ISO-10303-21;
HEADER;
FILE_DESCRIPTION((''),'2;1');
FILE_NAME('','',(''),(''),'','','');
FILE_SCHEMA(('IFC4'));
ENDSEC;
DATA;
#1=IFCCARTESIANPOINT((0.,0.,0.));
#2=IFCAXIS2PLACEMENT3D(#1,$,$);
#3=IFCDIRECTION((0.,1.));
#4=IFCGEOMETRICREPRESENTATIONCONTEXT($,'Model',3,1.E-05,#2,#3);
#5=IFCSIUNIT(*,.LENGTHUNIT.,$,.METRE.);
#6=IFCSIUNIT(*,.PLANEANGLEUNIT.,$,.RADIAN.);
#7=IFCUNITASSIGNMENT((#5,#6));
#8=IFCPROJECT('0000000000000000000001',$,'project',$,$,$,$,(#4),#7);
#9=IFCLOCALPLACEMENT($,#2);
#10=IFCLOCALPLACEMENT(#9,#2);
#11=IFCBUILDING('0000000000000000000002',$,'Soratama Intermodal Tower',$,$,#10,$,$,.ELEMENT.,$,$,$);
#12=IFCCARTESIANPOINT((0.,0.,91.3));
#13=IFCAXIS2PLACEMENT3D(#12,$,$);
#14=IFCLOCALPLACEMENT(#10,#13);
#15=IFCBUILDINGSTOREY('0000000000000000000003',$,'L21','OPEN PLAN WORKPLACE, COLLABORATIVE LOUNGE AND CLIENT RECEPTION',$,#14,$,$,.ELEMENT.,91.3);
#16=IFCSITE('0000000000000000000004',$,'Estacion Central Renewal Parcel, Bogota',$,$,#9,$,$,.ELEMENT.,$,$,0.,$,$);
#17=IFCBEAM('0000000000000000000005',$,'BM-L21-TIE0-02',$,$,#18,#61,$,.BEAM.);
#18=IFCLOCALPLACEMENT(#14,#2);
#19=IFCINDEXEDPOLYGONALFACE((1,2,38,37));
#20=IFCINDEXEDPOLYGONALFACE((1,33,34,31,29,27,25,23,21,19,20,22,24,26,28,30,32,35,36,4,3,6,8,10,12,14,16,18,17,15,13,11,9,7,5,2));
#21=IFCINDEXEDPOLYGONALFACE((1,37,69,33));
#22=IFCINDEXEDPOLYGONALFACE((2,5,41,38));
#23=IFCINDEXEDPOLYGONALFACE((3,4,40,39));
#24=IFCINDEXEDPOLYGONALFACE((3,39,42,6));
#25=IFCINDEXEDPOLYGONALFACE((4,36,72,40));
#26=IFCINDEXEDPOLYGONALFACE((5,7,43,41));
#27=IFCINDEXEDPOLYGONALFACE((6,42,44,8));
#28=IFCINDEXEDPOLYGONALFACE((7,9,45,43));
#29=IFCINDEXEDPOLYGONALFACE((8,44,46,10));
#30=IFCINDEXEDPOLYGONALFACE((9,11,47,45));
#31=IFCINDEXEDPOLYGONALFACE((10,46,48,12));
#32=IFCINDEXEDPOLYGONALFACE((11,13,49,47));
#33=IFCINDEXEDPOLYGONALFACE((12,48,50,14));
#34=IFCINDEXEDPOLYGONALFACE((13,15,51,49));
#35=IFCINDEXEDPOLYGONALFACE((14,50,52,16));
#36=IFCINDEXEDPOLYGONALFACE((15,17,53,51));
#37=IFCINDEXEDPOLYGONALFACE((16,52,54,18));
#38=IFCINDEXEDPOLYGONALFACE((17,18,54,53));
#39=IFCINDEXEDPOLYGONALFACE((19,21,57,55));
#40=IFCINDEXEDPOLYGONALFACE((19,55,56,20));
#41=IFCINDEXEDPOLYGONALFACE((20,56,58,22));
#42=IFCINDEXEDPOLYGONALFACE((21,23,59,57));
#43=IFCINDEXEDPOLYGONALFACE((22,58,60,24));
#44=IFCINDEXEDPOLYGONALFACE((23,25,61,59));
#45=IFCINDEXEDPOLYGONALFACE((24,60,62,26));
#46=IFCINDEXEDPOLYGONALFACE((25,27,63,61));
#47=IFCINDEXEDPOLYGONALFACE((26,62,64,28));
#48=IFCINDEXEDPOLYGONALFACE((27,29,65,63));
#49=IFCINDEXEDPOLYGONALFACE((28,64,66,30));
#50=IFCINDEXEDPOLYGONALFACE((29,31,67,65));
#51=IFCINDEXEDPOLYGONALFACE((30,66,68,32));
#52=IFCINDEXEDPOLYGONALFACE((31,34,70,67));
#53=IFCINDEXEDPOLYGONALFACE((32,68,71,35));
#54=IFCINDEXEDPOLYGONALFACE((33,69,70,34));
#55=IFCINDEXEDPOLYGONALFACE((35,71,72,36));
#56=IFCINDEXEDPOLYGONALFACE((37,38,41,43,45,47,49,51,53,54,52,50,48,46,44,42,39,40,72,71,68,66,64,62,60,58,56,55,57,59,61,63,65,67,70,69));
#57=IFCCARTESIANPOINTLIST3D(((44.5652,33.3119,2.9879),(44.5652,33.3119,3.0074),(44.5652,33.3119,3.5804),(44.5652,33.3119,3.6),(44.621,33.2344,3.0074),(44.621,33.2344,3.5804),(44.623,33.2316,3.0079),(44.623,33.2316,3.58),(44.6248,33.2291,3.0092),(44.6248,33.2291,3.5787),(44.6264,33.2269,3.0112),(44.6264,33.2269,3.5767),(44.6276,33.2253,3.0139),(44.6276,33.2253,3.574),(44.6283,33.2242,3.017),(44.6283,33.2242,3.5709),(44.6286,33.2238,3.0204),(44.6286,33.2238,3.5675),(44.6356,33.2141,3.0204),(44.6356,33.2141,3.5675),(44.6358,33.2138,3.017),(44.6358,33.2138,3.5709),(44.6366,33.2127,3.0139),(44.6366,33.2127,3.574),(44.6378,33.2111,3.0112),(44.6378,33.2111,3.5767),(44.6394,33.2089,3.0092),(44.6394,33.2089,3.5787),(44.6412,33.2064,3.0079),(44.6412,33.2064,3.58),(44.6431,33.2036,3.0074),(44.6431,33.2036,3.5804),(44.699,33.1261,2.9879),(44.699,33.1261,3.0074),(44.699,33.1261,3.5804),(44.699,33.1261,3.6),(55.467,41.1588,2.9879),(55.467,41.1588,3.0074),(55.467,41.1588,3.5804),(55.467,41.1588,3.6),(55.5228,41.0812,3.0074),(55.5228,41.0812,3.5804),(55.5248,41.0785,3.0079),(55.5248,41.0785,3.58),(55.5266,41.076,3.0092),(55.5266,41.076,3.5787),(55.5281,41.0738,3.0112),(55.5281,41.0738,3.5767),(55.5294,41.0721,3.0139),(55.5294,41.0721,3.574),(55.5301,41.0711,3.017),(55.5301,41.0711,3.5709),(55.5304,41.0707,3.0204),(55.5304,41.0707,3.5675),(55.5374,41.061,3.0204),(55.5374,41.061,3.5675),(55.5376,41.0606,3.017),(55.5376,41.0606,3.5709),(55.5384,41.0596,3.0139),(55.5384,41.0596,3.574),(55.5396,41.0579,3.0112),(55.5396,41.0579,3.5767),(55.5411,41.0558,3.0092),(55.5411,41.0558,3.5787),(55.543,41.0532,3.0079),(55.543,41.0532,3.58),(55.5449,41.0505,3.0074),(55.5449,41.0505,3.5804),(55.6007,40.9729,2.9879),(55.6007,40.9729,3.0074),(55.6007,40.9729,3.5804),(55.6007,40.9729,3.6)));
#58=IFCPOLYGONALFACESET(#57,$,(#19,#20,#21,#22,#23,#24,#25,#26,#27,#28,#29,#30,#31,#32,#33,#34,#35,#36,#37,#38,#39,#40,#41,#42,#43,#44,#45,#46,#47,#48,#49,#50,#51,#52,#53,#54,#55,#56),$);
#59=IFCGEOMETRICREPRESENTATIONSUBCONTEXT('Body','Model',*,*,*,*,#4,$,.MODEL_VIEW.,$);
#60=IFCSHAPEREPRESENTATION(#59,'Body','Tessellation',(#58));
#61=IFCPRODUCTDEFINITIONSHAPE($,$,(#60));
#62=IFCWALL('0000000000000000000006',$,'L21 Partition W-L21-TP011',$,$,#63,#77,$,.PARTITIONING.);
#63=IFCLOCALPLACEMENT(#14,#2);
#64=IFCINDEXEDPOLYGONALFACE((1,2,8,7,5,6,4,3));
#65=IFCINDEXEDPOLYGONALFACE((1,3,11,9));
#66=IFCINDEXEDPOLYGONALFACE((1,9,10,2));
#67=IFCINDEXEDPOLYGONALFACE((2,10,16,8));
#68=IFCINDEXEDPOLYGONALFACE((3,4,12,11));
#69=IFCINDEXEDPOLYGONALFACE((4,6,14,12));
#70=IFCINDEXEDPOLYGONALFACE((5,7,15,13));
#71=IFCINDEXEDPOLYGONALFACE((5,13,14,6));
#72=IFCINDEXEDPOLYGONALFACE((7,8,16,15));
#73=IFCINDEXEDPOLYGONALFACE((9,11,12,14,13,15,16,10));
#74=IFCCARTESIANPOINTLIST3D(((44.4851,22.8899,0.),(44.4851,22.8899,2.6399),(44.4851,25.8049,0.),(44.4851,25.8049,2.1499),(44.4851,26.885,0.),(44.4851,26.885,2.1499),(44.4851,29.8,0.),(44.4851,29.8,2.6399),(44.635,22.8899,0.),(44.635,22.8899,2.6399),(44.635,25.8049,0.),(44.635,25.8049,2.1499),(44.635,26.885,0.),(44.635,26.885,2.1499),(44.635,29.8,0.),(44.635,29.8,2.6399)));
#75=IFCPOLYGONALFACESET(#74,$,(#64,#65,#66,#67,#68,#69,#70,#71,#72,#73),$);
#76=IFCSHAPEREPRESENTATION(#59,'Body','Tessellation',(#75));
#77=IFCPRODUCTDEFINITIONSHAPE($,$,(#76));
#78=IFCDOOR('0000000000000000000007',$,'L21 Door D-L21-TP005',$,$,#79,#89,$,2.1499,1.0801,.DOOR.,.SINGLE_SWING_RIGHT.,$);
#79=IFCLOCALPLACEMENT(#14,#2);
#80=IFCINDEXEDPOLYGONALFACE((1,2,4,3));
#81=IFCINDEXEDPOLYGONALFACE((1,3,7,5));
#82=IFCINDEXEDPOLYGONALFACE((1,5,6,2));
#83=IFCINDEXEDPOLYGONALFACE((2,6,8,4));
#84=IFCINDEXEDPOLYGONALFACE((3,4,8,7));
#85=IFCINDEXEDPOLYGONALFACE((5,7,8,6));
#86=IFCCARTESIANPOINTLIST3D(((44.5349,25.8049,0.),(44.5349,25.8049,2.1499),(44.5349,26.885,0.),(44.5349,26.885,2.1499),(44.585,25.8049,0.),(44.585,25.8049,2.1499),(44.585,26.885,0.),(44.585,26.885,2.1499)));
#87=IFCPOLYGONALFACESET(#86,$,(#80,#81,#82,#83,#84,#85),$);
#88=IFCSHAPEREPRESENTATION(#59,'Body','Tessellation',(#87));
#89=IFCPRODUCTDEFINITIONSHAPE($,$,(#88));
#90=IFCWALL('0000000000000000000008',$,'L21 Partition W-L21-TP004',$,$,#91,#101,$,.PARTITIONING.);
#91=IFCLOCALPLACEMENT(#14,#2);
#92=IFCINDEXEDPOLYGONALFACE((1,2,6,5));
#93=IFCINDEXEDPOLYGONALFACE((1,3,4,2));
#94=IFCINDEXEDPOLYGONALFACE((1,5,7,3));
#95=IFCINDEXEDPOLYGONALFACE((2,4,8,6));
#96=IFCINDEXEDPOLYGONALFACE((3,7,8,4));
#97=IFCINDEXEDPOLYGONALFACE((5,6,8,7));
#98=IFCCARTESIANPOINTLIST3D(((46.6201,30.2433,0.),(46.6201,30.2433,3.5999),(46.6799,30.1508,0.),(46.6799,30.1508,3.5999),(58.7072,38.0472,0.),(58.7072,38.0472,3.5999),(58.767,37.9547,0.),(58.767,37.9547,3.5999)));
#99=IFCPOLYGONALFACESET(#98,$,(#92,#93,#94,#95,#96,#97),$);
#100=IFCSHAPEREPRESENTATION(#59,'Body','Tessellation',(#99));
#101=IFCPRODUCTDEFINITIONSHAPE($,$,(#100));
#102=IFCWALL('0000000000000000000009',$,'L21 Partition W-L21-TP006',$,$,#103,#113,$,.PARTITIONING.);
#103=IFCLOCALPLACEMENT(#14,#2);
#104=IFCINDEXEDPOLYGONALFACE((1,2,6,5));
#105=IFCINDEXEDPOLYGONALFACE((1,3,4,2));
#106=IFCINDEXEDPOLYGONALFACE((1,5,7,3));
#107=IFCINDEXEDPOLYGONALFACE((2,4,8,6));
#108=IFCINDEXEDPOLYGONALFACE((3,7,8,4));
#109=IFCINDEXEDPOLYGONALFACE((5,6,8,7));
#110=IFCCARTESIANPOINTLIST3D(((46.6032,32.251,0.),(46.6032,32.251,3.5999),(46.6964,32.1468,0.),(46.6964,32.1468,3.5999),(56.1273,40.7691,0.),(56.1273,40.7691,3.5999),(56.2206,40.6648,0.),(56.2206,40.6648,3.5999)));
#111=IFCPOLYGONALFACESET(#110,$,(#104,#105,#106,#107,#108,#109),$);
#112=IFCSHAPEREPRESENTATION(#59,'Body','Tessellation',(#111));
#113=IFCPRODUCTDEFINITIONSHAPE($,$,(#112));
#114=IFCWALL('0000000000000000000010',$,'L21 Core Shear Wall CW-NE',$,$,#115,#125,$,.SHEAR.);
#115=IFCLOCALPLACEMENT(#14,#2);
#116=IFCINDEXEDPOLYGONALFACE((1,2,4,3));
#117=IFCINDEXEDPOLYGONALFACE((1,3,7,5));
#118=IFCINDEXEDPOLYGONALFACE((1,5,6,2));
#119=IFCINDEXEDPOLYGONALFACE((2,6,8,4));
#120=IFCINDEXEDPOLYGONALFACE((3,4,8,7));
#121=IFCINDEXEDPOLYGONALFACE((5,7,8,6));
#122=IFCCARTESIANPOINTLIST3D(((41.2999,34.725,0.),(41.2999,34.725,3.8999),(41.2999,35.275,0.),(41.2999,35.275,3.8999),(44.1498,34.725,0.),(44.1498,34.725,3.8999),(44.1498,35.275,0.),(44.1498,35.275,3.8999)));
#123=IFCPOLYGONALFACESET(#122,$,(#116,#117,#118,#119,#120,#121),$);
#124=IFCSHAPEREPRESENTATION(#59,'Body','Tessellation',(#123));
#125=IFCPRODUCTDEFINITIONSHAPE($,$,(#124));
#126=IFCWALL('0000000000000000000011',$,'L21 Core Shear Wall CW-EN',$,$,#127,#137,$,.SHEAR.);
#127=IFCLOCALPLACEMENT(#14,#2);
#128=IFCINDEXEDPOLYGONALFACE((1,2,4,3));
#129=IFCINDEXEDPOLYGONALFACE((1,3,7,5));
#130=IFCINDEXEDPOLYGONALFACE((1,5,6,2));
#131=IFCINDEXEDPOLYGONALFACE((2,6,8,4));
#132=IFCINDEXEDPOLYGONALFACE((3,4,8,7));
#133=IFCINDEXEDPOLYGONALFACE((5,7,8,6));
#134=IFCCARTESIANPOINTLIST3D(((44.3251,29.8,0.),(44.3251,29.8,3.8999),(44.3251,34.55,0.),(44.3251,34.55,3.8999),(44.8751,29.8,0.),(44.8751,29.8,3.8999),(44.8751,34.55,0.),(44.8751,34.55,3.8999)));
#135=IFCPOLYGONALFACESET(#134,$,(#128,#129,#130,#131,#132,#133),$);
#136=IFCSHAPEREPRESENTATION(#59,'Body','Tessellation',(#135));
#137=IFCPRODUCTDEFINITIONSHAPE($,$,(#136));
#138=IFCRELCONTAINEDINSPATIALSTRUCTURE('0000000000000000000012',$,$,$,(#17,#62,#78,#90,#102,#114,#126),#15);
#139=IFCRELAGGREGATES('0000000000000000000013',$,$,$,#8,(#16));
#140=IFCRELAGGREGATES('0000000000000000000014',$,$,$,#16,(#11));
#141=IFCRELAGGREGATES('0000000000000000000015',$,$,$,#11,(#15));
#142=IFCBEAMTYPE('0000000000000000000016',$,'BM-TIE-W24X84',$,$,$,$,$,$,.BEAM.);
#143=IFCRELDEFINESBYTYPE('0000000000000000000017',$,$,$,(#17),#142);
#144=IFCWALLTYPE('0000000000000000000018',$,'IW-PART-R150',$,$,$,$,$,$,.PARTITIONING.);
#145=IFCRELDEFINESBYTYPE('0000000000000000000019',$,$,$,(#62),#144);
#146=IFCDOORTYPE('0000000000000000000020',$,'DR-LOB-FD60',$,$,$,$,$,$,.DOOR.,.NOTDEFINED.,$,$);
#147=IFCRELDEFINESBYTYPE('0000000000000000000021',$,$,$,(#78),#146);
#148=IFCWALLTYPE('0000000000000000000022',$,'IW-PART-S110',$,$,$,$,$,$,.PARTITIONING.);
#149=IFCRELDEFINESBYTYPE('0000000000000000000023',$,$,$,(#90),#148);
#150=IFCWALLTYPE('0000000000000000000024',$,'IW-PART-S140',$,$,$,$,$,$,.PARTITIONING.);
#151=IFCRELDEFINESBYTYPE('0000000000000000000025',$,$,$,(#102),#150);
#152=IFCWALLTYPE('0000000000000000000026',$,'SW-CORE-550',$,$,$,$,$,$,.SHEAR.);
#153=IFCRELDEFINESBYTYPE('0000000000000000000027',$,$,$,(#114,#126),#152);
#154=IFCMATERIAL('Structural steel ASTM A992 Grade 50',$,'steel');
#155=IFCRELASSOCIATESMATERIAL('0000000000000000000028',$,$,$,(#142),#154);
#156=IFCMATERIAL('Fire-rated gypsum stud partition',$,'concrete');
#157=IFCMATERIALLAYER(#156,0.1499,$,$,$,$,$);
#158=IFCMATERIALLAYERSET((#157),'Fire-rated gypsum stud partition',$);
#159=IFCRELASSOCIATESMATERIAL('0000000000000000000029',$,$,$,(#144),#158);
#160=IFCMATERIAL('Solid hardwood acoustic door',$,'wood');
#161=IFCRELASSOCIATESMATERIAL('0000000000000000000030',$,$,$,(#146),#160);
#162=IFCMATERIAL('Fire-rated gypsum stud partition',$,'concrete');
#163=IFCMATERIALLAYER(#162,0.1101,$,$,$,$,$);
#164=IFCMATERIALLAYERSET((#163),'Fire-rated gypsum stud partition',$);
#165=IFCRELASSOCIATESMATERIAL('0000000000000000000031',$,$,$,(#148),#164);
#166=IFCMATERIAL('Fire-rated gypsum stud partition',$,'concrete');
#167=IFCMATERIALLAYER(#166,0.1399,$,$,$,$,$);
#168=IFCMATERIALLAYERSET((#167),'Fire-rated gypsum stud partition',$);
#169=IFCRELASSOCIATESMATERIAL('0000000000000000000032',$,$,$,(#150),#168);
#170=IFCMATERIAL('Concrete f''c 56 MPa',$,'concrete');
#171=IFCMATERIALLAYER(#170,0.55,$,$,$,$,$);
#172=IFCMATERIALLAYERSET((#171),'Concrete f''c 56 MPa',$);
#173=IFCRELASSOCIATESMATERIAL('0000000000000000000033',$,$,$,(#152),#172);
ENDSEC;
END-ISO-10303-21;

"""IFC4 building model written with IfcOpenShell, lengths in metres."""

from ifc_helpers import new_model, si_unit, direction, frame, frame_2d, origin, origin_2d, place, context, subcontext, project, spatial, rectangle, i_section, extrude, material, layer, layer_set, material_profile, profile_set, type_object, element, fill, save


model = new_model("IFC4")

# Units and contexts
model_context = context("Model", 3, precision=1e-05, world=origin(), true_north=direction((0.0, 1.0)))
body_context = subcontext(model_context, "Body", "Model", "MODEL_VIEW")
ifc_project = project(units=[si_unit("LENGTHUNIT", "METRE"), si_unit("PLANEANGLEUNIT", "RADIAN")], contexts=[model_context])

# Site, building, storey
site_placement = place(None, origin())
site = spatial("IfcSite", under=ifc_project, at=site_placement, Name="Estacion Central Renewal Parcel, Bogota", CompositionType="ELEMENT", RefElevation=0.0)
building_placement = place(site_placement, origin())
building = spatial("IfcBuilding", under=site, at=building_placement, Name="Soratama Intermodal Tower", CompositionType="ELEMENT")
storey_placement = place(building_placement, frame((0.0, 0.0, 91.3)))
storey = spatial("IfcBuildingStorey", under=building, at=storey_placement, Name="L21", Description="OPEN PLAN WORKPLACE, COLLABORATIVE LOUNGE AND CLIENT RECEPTION", CompositionType="ELEMENT", Elevation=91.3)

# Beam
ifc_material_1 = material(Name="Structural steel ASTM A992 Grade 50", Category="steel")
ifc_material_profile_1 = material_profile(ifc_material_1, i_section(OverallWidth=0.229, OverallDepth=0.6121, WebThickness=0.012, FlangeThickness=0.0195, FilletRadius=0.0129, at=origin_2d()), Name="W24X84")
ifc_profile_set_1 = profile_set([ifc_material_profile_1], Name="Structural steel ASTM A992 Grade 50")
beam_type_1 = type_object("IfcBeamType", Name="BM-TIE-W24X84", PredefinedType="BEAM", material=ifc_profile_set_1)
beam_1_placement = place(storey_placement, frame((44.6321, 33.219, 3.2939), z_axis=(0.811619, 0.584186, 0.0), x_axis=(-0.584186, 0.811619, 0.0)))
element("IfcBeam", 1, at=beam_1_placement, inside=storey, type_object=beam_type_1, Name="BM-L21-TIE0-02", PredefinedType="BEAM", context=body_context, shape_type="SweptSolid", body=[
    extrude(i_section(OverallWidth=0.229, OverallDepth=0.6121, WebThickness=0.012, FlangeThickness=0.0195, FilletRadius=0.0129, at=origin_2d()), origin(), (0.0, 0.0, 1.0), 13.4321),
])

# Wall, opening, door
ifc_material_2 = material(Name="Fire-rated gypsum stud partition", Category="concrete")
ifc_layer_1 = layer(ifc_material_2, 0.1499)
ifc_layer_set_1 = layer_set([ifc_layer_1], Name="Fire-rated gypsum stud partition")
wall_type_1 = type_object("IfcWallType", Name="IW-PART-R150", PredefinedType="PARTITIONING", material=ifc_layer_set_1)
wall_1_placement = place(storey_placement, frame((44.5601, 29.8, 0.0), z_axis=(0.0, 0.0, 1.0), x_axis=(0.0, -1.0, 0.0)))
wall_1 = element("IfcWall", 2, at=wall_1_placement, inside=storey, type_object=wall_type_1, Name="L21 Partition W-L21-TP011", PredefinedType="PARTITIONING", context=body_context, shape_type="SweptSolid", body=[
    extrude(rectangle(XDim=6.9102, YDim=0.1499, at=frame_2d((3.4551, 0.0))), origin(), (0.0, 0.0, 1.0), 2.6399),
])
opening_1_placement = place(wall_1_placement, frame((2.915, 0.0, 0.0)))
opening_1 = element("IfcOpeningElement", 3, at=opening_1_placement, cuts=wall_1, PredefinedType="OPENING", context=body_context, shape_type="SweptSolid", body=[
    extrude(rectangle(XDim=1.0801, YDim=2.1499, at=frame_2d((0.54, 1.075))), frame((0.0, 0.085, 0.0), z_axis=(0.0, -1.0, 0.0), x_axis=(1.0, 0.0, 0.0)), (0.0, 0.0, 1.0), 0.1699),
])
ifc_material_3 = material(Name="Solid hardwood acoustic door", Category="wood")
door_type_1 = type_object("IfcDoorType", Name="DR-LOB-FD60", OperationType="NOTDEFINED", PredefinedType="DOOR", material=ifc_material_3)
door_1_placement = place(opening_1_placement, origin())
door_1 = element("IfcDoor", 4, at=door_1_placement, inside=storey, type_object=door_type_1, Name="L21 Door D-L21-TP005", OperationType="SINGLE_SWING_RIGHT", OverallHeight=2.1499, OverallWidth=1.0801, PredefinedType="DOOR", context=body_context, shape_type="SweptSolid", body=[
    extrude(rectangle(XDim=1.0801, YDim=2.1499, at=frame_2d((0.54, 1.075))), frame((0.0, 0.0249, 0.0), z_axis=(0.0, -1.0, 0.0), x_axis=(1.0, 0.0, 0.0)), (0.0, 0.0, 1.0), 0.05),
])
fill(opening_1, door_1)

# Walls
ifc_material_4 = material(Name="Fire-rated gypsum stud partition", Category="concrete")
ifc_layer_2 = layer(ifc_material_4, 0.1101)
ifc_layer_set_2 = layer_set([ifc_layer_2], Name="Fire-rated gypsum stud partition")
wall_type_2 = type_object("IfcWallType", Name="IW-PART-S110", PredefinedType="PARTITIONING", material=ifc_layer_set_2)
wall_2_placement = place(storey_placement, frame((46.6499, 30.197, 0.0), z_axis=(0.0, 0.0, 1.0), x_axis=(0.840113, 0.542411, 0.0)))
element("IfcWall", 5, at=wall_2_placement, inside=storey, type_object=wall_type_2, Name="L21 Partition W-L21-TP004", PredefinedType="PARTITIONING", context=body_context, shape_type="SweptSolid", body=[
    extrude(rectangle(XDim=14.3875, YDim=0.1101, at=frame_2d((7.1938, 0.0))), origin(), (0.0, 0.0, 1.0), 3.5999),
])
ifc_material_5 = material(Name="Fire-rated gypsum stud partition", Category="concrete")
ifc_layer_3 = layer(ifc_material_5, 0.1399)
ifc_layer_set_3 = layer_set([ifc_layer_3], Name="Fire-rated gypsum stud partition")
wall_type_3 = type_object("IfcWallType", Name="IW-PART-S140", PredefinedType="PARTITIONING", material=ifc_layer_set_3)
wall_3_placement = place(storey_placement, frame((46.6499, 32.199, 0.0), z_axis=(0.0, 0.0, 1.0), x_axis=(0.74538, 0.66664, 0.0)))
element("IfcWall", 6, at=wall_3_placement, inside=storey, type_object=wall_type_3, Name="L21 Partition W-L21-TP006", PredefinedType="PARTITIONING", context=body_context, shape_type="SweptSolid", body=[
    extrude(rectangle(XDim=12.7776, YDim=0.1399, at=frame_2d((6.3887, 0.0))), origin(), (0.0, 0.0, 1.0), 3.5999),
])
ifc_material_6 = material(Name="Concrete f'c 56 MPa", Category="concrete")
ifc_layer_4 = layer(ifc_material_6, 0.55)
ifc_layer_set_4 = layer_set([ifc_layer_4], Name="Concrete f'c 56 MPa")
wall_type_4 = type_object("IfcWallType", Name="SW-CORE-550", PredefinedType="SHEAR", material=ifc_layer_set_4)
wall_4_placement = place(storey_placement, frame((41.3, 35.0, 0.0), z_axis=(0.0, 0.0, 1.0), x_axis=(1.0, 0.0, 0.0)))
element("IfcWall", 7, at=wall_4_placement, inside=storey, type_object=wall_type_4, Name="L21 Core Shear Wall CW-NE", PredefinedType="SHEAR", context=body_context, shape_type="SweptSolid", body=[
    extrude(rectangle(XDim=2.8499, YDim=0.55, at=frame_2d((1.4248, 0.0))), origin(), (0.0, 0.0, 1.0), 3.8999),
])
wall_5_placement = place(storey_placement, frame((44.6001, 29.8, 0.0), z_axis=(0.0, 0.0, 1.0), x_axis=(0.0, 1.0, 0.0)))
element("IfcWall", 8, at=wall_5_placement, inside=storey, type_object=wall_type_4, Name="L21 Core Shear Wall CW-EN", PredefinedType="SHEAR", context=body_context, shape_type="SweptSolid", body=[
    extrude(rectangle(XDim=4.75, YDim=0.55, at=frame_2d((2.375, 0.0))), origin(), (0.0, 0.0, 1.0), 3.8999),
])

save(model, "model.ifc")
